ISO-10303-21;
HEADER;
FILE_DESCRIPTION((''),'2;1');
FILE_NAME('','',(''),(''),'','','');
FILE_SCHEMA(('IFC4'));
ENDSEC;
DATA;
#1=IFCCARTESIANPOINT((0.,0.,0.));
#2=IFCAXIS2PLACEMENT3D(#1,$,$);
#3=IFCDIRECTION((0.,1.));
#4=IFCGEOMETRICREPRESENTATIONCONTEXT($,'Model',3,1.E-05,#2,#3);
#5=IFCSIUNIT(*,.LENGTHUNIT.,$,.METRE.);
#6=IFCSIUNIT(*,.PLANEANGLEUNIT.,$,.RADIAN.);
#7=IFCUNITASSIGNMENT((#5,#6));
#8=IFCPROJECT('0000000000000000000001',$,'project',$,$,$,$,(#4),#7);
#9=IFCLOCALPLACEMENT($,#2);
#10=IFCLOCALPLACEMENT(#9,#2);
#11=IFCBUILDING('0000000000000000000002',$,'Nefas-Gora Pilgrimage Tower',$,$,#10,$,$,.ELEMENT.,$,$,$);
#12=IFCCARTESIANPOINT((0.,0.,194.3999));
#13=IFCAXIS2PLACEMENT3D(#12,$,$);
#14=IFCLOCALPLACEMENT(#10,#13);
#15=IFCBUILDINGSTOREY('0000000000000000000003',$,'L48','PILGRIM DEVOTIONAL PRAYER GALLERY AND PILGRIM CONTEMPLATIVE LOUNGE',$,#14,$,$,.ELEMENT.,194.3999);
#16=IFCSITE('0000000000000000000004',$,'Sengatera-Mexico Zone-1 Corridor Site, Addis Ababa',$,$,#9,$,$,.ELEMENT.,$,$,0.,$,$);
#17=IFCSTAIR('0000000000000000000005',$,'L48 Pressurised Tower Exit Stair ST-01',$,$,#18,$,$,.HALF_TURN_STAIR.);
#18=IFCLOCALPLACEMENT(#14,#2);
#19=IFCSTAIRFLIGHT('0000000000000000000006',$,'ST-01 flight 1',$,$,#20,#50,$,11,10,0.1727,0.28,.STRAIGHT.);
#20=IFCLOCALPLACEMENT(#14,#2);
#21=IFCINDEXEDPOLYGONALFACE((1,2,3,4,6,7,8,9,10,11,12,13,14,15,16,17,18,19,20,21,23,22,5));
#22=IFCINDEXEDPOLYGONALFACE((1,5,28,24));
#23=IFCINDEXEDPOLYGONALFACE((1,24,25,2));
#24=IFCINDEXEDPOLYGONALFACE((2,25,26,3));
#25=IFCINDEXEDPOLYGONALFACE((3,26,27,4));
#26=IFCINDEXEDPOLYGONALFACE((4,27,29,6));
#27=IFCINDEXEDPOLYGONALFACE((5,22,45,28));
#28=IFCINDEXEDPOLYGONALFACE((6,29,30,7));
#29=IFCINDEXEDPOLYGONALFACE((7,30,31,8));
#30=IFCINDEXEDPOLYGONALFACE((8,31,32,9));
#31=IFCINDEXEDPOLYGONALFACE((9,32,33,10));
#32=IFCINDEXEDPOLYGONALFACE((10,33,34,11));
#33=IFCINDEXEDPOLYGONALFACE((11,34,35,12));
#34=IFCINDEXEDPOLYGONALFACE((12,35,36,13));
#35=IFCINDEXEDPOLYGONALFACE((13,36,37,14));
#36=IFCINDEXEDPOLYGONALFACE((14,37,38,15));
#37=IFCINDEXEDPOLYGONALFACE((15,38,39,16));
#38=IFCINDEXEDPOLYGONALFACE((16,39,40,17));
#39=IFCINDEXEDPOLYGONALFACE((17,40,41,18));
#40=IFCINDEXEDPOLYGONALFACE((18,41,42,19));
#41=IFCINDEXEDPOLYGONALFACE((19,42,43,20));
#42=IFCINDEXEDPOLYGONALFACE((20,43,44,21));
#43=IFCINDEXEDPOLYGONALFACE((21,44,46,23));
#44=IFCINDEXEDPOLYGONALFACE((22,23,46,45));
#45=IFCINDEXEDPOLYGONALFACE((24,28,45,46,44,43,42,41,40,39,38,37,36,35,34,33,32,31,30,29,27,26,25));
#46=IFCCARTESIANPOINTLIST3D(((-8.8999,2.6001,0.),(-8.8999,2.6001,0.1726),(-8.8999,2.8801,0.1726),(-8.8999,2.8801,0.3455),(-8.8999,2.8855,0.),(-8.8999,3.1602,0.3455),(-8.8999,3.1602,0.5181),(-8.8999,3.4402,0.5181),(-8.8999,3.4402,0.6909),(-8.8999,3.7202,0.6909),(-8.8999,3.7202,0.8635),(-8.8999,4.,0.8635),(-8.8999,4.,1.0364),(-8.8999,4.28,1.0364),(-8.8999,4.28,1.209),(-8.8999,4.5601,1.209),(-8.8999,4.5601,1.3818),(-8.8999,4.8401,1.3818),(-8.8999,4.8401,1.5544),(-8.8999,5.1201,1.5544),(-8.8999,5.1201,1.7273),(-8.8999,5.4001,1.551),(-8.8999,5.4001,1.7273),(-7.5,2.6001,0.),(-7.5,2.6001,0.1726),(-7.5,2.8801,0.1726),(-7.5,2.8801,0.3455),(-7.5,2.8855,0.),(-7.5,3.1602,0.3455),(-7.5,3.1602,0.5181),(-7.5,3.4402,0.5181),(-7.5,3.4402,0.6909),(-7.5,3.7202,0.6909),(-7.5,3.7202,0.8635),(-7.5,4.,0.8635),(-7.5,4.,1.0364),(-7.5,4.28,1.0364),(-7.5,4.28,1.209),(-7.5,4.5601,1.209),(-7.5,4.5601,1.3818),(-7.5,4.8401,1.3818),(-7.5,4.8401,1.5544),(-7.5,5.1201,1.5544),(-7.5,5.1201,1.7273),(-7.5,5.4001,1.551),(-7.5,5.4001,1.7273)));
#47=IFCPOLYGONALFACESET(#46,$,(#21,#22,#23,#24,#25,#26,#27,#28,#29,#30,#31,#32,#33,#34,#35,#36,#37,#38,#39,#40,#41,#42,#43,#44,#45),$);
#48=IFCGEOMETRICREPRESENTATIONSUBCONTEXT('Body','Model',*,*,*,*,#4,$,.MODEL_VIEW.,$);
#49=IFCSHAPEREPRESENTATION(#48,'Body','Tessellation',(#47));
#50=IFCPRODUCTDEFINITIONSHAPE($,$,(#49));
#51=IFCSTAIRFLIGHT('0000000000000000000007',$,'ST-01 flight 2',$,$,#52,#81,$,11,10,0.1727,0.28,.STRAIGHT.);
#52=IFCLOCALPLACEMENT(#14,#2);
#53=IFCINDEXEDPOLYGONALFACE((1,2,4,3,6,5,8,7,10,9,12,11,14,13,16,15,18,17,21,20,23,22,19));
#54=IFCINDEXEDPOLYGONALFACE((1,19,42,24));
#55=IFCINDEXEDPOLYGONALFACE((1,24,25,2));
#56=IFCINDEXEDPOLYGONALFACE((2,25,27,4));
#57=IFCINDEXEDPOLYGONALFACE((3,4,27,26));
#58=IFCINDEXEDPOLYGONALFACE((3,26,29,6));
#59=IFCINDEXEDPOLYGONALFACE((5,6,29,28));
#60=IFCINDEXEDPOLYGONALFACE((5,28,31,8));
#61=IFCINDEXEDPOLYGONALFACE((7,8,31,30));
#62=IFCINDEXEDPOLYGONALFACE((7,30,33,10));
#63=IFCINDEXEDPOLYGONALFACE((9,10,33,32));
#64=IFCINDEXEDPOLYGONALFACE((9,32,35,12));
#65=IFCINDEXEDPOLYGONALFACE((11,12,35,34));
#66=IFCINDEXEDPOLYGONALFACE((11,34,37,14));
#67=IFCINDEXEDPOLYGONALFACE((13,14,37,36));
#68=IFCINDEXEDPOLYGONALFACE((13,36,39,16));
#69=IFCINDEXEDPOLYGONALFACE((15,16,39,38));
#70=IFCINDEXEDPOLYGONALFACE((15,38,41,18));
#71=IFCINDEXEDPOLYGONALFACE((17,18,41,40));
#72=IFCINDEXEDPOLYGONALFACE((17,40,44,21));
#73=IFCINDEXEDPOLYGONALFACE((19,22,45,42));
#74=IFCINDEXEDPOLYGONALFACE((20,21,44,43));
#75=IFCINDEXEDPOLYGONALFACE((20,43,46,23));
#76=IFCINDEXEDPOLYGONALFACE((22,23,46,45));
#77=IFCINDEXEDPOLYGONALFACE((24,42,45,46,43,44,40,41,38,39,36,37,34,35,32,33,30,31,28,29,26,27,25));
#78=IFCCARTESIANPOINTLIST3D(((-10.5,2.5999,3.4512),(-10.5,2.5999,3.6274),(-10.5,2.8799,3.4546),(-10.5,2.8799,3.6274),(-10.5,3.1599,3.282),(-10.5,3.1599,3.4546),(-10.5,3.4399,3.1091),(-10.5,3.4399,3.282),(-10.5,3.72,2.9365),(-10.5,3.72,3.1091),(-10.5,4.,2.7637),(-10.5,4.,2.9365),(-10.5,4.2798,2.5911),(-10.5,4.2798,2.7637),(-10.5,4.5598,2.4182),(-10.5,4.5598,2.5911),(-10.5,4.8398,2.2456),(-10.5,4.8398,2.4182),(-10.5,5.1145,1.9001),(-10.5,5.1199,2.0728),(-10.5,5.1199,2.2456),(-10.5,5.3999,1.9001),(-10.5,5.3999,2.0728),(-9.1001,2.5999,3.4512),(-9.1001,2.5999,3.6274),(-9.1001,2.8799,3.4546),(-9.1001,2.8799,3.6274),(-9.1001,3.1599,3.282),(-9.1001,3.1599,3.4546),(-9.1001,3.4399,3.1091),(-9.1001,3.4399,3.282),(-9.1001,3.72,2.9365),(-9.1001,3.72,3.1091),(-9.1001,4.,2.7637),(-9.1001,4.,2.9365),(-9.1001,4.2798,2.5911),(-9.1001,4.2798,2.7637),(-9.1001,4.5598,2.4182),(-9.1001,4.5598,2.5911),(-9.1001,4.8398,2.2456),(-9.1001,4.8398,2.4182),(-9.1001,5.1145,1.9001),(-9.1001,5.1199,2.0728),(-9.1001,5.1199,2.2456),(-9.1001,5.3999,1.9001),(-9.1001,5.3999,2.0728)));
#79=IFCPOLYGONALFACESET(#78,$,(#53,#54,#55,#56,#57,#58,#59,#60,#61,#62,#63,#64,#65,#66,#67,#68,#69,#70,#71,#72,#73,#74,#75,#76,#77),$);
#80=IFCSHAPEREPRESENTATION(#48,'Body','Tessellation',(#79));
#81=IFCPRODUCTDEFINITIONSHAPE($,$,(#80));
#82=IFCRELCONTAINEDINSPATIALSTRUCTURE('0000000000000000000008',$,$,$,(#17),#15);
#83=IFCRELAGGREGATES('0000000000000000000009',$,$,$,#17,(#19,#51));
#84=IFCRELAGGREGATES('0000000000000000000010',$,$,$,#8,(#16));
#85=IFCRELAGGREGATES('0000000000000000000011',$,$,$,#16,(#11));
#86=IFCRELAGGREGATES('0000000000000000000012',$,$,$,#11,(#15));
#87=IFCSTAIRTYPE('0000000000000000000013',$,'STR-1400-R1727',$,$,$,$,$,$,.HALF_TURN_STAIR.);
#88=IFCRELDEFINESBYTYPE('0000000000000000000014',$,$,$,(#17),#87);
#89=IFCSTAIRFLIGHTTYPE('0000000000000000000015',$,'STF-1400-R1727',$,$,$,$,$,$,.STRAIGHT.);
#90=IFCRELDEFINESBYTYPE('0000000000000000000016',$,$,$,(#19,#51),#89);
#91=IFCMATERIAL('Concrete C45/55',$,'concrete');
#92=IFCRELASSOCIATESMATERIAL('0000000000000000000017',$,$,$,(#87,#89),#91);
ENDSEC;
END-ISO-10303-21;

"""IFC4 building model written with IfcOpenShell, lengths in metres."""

from ifc_helpers import new_model, si_unit, direction, frame, origin, place, context, subcontext, project, spatial, polyline, outline, extrude, source, transform, mapped, material, type_object, element, aggregate, save


model = new_model("IFC4")

# Units and contexts
model_context = context("Model", 3, precision=1e-05, world=origin(), true_north=direction((0.0, 1.0)))
body_context = subcontext(model_context, "Body", "Model", "MODEL_VIEW")
ifc_project = project(units=[si_unit("LENGTHUNIT", "METRE"), si_unit("PLANEANGLEUNIT", "RADIAN")], contexts=[model_context])

# Site, building, storey
site_placement = place(None, origin())
site = spatial("IfcSite", under=ifc_project, at=site_placement, Name="Sengatera-Mexico Zone-1 Corridor Site, Addis Ababa", CompositionType="ELEMENT", RefElevation=0.0)
building_placement = place(site_placement, origin())
building = spatial("IfcBuilding", under=site, at=building_placement, Name="Nefas-Gora Pilgrimage Tower", CompositionType="ELEMENT")
storey_placement = place(building_placement, frame((0.0, 0.0, 194.3999)))
storey = spatial("IfcBuildingStorey", under=building, at=storey_placement, Name="L48", Description="PILGRIM DEVOTIONAL PRAYER GALLERY AND PILGRIM CONTEMPLATIVE LOUNGE", CompositionType="ELEMENT", Elevation=194.3999)

# Shared definitions
ifc_material_1 = material(Name="Concrete C45/55", Category="concrete")

# Stair, stair flights
stair_type = type_object("IfcStairType", Name="STR-1400-R1727", PredefinedType="HALF_TURN_STAIR", material=ifc_material_1)
stair_placement = place(storey_placement, origin())
stair = element("IfcStair", 1, at=stair_placement, inside=storey, type_object=stair_type, Name="L48 Pressurised Tower Exit Stair ST-01", PredefinedType="HALF_TURN_STAIR")
stair_flight_type = type_object("IfcStairFlightType", Name="STF-1400-R1727", PredefinedType="STRAIGHT", material=ifc_material_1)
shared_shape_1 = source(origin(), body_context, "Body", "SweptSolid", [
    extrude(outline(polyline([(0.0, 0.0), (0.0, 0.1726), (0.28, 0.1726), (0.28, 0.3455), (0.5601, 0.3455), (0.5601, 0.5181), (0.8401, 0.5181), (0.8401, 0.6909), (1.1201, 0.6909), (1.1201, 0.8635), (1.3999, 0.8635), (1.3999, 1.0364), (1.6799, 1.0364), (1.6799, 1.209), (1.96, 1.209), (1.96, 1.3818), (2.24, 1.3818), (2.24, 1.5544), (2.52, 1.5544), (2.52, 1.7273), (2.8, 1.7273), (2.8, 1.8999), (2.8, 1.551), (0.2854, 0.0), (0.0, 0.0)])), frame((0.0, 0.7, 0.0), z_axis=(0.0, -1.0, 0.0), x_axis=(1.0, 0.0, 0.0)), (0.0, 0.0, 1.0), 1.3999),
])
stair_flight_1_placement = place(storey_placement, frame((-8.2, 2.6001, 0.0), z_axis=(0.0, 0.0, 1.0), x_axis=(0.0, 1.0, 0.0)))
stair_flight_1 = element("IfcStairFlight", 2, at=stair_flight_1_placement, type_object=stair_flight_type, Name="ST-01 flight 1", NumberOfRisers=11, NumberOfTreads=10, PredefinedType="STRAIGHT", RiserHeight=0.1727, TreadLength=0.28, context=body_context, shape_type="MappedRepresentation", body=[
    mapped(shared_shape_1, transform((0.0, 0.0, 0.0), x_axis=(1.0, 0.0, 0.0), y_axis=(0.0, 1.0, 0.0), z_axis=(0.0, 0.0, 1.0), scale=1.0)),
])
stair_flight_2_placement = place(storey_placement, frame((-9.8, 5.3999, 1.9001), z_axis=(0.0, 0.0, 1.0), x_axis=(0.0, -1.0, 0.0)))
stair_flight_2 = element("IfcStairFlight", 3, at=stair_flight_2_placement, type_object=stair_flight_type, Name="ST-01 flight 2", NumberOfRisers=11, NumberOfTreads=10, PredefinedType="STRAIGHT", RiserHeight=0.1727, TreadLength=0.28, context=body_context, shape_type="MappedRepresentation", body=[
    mapped(shared_shape_1, transform((0.0, 0.0, 0.0), x_axis=(1.0, 0.0, 0.0), y_axis=(0.0, 1.0, 0.0), z_axis=(0.0, 0.0, 1.0), scale=1.0)),
])
aggregate(stair, [stair_flight_1, stair_flight_2])

save(model, "model.ifc")
